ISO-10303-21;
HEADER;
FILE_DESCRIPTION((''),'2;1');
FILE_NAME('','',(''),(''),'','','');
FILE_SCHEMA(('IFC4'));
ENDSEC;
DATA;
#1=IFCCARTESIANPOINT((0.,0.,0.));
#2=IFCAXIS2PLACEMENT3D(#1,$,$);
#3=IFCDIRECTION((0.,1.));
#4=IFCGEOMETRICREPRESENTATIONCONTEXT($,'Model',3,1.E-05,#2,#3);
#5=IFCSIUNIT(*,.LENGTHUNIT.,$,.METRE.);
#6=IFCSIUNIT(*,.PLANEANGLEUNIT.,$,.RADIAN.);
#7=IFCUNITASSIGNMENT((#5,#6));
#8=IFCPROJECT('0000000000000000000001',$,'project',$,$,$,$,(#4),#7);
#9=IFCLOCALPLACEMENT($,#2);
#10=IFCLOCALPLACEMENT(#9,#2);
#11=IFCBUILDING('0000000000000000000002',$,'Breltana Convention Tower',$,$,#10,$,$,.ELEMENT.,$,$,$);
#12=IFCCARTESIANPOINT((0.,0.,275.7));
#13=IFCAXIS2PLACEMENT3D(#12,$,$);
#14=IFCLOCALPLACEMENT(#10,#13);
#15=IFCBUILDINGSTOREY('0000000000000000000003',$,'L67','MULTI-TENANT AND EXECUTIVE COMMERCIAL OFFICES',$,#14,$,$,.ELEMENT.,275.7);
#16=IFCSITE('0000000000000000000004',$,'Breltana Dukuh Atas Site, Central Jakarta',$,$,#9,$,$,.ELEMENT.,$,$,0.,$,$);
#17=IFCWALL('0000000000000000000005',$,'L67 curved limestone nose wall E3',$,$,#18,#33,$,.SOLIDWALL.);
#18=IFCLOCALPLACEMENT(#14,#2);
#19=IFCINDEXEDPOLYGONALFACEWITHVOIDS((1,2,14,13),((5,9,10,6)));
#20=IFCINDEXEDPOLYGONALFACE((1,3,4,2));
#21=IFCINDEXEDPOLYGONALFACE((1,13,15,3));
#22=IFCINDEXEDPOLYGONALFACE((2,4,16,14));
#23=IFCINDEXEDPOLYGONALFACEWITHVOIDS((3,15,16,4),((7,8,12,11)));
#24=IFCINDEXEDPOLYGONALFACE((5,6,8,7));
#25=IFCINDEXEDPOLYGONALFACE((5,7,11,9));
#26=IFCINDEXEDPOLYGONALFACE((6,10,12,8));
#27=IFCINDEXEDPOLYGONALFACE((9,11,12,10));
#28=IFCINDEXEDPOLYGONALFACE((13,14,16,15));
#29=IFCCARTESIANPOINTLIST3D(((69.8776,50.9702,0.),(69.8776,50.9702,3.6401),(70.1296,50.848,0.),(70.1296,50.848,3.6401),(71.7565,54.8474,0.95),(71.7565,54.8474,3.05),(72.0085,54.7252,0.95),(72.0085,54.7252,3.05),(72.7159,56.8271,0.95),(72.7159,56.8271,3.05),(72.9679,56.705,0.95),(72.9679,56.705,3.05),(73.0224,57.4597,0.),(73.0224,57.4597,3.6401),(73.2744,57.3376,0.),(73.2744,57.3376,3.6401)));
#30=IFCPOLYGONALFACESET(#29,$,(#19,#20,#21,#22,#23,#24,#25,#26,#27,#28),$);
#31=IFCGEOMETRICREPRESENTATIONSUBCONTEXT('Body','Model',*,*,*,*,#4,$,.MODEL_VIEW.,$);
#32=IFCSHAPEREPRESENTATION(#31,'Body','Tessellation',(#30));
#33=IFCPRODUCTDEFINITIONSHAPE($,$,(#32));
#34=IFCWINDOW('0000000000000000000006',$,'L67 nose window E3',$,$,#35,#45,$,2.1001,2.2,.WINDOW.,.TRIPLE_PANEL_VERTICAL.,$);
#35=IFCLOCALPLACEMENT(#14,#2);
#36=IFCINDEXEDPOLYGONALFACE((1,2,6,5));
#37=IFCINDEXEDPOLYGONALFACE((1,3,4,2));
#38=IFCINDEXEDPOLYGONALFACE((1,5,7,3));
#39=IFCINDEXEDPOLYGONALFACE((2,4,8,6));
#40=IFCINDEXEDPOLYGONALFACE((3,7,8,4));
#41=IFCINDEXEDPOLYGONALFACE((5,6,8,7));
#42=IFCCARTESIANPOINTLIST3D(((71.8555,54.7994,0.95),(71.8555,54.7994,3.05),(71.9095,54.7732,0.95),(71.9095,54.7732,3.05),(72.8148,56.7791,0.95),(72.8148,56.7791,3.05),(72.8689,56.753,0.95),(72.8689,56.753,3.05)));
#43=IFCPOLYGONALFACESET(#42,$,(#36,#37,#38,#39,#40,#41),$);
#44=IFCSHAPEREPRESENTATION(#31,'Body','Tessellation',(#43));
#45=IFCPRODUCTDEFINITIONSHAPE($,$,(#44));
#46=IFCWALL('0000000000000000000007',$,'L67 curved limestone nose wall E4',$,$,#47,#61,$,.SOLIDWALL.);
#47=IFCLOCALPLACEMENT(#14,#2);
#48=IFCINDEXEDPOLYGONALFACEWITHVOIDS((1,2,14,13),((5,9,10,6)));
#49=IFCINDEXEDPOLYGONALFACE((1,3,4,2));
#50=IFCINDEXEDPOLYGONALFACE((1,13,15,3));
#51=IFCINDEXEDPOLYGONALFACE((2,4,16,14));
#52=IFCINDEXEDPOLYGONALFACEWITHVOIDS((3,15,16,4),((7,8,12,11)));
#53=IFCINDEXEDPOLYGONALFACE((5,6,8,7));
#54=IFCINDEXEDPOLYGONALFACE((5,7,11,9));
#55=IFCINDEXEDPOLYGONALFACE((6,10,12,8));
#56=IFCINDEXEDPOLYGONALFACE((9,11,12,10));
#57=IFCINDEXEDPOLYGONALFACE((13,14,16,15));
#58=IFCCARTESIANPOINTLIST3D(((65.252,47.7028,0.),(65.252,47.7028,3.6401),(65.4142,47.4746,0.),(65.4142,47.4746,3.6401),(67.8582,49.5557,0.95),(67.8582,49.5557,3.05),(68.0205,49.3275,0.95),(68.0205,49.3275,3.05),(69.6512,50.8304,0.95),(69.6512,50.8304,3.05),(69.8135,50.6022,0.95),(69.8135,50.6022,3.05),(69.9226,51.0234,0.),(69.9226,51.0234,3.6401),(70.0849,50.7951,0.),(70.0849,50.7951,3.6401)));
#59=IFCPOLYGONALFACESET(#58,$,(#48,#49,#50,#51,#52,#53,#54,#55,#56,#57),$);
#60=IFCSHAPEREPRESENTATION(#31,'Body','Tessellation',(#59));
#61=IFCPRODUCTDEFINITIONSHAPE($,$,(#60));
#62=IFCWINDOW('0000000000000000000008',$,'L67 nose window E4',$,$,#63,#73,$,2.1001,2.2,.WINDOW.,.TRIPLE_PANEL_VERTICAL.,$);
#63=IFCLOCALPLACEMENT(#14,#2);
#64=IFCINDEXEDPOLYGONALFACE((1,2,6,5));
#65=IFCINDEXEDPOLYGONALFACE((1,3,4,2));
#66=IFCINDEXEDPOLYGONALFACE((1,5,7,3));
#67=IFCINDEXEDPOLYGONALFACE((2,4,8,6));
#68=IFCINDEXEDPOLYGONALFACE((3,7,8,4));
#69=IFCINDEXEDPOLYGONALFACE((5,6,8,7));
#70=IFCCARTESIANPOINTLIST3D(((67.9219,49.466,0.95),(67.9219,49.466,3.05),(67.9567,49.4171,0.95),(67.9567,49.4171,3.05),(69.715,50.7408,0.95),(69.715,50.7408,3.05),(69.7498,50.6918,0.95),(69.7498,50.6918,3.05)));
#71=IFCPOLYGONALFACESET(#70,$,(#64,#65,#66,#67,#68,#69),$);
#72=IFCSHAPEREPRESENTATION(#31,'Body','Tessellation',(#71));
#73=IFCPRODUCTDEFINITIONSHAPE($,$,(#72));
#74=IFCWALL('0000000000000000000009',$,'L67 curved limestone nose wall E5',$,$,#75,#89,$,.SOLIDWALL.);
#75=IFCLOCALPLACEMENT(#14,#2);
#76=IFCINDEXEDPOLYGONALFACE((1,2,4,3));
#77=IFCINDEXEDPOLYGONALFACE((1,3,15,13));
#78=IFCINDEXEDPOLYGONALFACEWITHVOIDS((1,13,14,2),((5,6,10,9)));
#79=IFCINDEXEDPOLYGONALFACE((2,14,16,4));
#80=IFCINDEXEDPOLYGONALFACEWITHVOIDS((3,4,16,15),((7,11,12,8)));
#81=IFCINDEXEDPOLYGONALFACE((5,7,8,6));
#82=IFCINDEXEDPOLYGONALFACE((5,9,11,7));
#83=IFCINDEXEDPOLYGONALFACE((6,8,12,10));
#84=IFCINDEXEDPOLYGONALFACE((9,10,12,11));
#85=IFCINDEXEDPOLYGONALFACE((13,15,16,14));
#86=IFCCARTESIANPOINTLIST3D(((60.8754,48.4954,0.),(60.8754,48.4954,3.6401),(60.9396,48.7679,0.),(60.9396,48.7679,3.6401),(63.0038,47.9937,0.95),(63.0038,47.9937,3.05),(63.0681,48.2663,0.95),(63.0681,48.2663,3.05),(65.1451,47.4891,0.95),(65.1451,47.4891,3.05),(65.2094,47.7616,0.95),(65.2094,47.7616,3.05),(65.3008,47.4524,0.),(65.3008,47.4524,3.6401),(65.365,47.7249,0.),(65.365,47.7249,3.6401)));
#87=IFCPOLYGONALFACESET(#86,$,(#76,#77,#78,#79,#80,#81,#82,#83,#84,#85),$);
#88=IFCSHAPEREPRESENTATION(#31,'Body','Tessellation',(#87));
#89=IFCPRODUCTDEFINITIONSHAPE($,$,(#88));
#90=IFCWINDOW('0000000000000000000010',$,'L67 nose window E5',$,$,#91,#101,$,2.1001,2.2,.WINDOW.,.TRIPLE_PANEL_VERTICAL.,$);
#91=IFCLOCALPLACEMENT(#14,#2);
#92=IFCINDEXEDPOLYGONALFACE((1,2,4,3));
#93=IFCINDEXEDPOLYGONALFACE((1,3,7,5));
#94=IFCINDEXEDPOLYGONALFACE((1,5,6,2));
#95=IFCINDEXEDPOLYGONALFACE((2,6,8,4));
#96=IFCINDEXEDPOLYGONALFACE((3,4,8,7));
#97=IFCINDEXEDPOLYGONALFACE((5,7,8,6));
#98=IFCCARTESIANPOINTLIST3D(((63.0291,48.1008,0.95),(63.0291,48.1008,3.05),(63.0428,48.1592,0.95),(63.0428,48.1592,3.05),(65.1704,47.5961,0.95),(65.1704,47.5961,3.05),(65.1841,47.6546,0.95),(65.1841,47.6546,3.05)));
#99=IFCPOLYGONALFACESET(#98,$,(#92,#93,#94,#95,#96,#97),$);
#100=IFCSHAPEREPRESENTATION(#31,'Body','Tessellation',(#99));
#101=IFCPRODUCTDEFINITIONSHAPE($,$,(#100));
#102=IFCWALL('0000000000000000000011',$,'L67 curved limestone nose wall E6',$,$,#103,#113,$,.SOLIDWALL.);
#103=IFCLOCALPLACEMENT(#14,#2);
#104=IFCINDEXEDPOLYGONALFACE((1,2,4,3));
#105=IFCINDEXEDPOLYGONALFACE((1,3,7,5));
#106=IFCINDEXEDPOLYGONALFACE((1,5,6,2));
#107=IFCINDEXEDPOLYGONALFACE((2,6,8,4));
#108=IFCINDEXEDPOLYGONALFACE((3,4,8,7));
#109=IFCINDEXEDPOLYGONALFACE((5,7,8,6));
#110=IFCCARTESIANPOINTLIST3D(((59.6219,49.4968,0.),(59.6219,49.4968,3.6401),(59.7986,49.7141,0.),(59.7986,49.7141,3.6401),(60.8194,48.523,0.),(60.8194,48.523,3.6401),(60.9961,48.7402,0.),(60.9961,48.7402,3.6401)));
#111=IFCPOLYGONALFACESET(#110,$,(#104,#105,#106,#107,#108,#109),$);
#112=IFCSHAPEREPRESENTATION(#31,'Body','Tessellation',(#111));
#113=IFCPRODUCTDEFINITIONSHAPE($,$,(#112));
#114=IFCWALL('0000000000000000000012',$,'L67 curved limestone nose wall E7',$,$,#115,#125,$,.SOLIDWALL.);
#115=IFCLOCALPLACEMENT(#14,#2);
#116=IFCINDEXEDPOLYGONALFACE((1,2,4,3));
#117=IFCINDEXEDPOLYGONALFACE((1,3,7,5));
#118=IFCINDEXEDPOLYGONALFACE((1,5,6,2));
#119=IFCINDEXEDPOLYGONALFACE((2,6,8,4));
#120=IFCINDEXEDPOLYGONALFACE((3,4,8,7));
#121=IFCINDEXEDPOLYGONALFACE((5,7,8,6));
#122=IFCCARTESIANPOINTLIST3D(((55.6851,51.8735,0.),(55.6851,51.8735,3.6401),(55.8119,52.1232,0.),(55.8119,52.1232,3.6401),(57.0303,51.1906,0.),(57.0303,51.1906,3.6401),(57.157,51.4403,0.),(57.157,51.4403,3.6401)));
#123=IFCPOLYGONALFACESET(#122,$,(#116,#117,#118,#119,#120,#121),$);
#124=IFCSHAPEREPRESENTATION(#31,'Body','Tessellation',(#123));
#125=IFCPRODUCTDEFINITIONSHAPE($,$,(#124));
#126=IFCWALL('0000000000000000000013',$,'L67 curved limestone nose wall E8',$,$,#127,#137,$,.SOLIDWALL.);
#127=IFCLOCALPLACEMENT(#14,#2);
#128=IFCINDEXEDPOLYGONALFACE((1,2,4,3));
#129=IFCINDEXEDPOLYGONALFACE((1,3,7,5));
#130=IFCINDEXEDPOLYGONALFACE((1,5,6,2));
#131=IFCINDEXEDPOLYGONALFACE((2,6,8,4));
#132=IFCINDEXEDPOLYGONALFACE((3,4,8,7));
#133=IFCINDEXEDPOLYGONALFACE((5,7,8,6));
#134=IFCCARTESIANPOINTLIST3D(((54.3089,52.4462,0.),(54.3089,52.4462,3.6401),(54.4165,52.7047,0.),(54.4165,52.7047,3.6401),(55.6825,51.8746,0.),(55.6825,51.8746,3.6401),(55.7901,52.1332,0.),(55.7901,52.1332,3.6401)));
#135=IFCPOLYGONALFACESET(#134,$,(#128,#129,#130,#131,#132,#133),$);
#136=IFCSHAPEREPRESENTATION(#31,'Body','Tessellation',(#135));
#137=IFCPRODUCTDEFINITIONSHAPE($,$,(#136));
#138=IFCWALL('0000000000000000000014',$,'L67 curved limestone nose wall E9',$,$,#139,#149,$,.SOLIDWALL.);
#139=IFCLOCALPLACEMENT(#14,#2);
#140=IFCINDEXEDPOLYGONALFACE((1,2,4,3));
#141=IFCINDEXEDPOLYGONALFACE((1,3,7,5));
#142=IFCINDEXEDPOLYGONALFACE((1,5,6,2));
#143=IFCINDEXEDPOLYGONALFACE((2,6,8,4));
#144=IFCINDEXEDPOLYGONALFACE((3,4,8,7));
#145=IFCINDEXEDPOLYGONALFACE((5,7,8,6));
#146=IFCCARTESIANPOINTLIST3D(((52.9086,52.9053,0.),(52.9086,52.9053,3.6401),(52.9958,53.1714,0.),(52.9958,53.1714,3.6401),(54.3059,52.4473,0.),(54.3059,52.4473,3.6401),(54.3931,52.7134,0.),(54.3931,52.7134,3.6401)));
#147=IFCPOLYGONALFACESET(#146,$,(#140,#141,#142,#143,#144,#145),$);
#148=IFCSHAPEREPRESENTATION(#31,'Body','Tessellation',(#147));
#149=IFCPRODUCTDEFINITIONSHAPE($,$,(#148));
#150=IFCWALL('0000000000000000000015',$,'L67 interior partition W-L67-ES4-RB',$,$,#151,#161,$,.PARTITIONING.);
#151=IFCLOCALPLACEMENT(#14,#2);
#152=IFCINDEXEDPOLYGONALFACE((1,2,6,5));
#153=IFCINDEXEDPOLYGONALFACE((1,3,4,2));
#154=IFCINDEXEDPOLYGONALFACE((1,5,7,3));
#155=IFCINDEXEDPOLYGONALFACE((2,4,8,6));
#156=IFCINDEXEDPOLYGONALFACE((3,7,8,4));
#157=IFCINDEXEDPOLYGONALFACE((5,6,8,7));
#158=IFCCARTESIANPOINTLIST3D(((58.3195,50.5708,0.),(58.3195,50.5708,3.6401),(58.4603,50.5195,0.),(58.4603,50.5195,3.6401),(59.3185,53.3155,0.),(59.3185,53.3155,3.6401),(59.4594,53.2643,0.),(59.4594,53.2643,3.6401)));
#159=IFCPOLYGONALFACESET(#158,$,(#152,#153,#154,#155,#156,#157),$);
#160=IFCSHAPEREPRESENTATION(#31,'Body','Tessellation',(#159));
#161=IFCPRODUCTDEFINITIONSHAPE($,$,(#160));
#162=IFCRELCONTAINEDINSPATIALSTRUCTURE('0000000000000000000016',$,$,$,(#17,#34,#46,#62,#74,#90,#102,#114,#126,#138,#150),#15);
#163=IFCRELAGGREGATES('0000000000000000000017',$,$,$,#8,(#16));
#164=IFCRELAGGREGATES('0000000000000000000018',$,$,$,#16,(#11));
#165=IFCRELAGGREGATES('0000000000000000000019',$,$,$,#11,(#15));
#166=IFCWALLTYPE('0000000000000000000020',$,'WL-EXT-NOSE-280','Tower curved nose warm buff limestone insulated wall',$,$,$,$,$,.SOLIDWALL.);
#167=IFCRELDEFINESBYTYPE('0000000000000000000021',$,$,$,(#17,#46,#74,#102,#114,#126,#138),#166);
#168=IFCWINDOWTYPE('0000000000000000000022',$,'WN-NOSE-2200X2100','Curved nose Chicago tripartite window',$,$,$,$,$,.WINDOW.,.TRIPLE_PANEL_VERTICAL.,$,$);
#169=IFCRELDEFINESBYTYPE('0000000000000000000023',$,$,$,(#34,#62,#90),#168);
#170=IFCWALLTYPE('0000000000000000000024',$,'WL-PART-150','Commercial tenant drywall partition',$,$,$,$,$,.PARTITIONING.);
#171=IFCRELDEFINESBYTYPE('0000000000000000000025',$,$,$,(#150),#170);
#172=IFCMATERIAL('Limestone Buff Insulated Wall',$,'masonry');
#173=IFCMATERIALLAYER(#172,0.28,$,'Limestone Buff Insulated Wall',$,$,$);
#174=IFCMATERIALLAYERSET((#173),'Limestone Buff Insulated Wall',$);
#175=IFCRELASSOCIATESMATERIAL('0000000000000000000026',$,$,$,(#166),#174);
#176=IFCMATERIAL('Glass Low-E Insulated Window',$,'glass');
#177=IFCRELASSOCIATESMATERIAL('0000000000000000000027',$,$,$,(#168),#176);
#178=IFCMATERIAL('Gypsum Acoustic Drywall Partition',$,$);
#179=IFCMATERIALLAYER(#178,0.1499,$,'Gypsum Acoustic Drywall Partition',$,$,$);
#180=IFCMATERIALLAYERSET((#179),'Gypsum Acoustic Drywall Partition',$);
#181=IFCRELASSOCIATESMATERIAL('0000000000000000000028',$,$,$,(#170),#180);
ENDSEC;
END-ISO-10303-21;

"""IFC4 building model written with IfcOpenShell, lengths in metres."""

from ifc_helpers import new_model, si_unit, direction, frame, frame_2d, origin, place, context, subcontext, project, spatial, rectangle, extrude, source, transform, mapped, material, layer, layer_set, type_object, type_shapes, element, fill, save


model = new_model("IFC4")

# Units and contexts
model_context = context("Model", 3, precision=1e-05, world=origin(), true_north=direction((0.0, 1.0)))
body_context = subcontext(model_context, "Body", "Model", "MODEL_VIEW")
ifc_project = project(units=[si_unit("LENGTHUNIT", "METRE"), si_unit("PLANEANGLEUNIT", "RADIAN")], contexts=[model_context])

# Site, building, storey
site_placement = place(None, origin())
site = spatial("IfcSite", under=ifc_project, at=site_placement, Name="Breltana Dukuh Atas Site, Central Jakarta", CompositionType="ELEMENT", RefElevation=0.0)
building_placement = place(site_placement, origin())
building = spatial("IfcBuilding", under=site, at=building_placement, Name="Breltana Convention Tower", CompositionType="ELEMENT")
storey_placement = place(building_placement, frame((0.0, 0.0, 275.7)))
storey = spatial("IfcBuildingStorey", under=building, at=storey_placement, Name="L67", Description="MULTI-TENANT AND EXECUTIVE COMMERCIAL OFFICES", CompositionType="ELEMENT", Elevation=275.7)

# Walls, openings, windows
ifc_material_1 = material(Name="Limestone Buff Insulated Wall", Category="masonry")
ifc_layer_1 = layer(ifc_material_1, 0.28, Name="Limestone Buff Insulated Wall")
ifc_layer_set_1 = layer_set([ifc_layer_1], Name="Limestone Buff Insulated Wall")
wall_type_1 = type_object("IfcWallType", Name="WL-EXT-NOSE-280", Description="Tower curved nose warm buff limestone insulated wall", PredefinedType="SOLIDWALL", material=ifc_layer_set_1)
shared_shape_1 = source(origin(), body_context, "Body", "SweptSolid", [
    extrude(rectangle(XDim=7.2114, YDim=0.28, at=frame_2d((3.6057, 0.0))), origin(), (0.0, 0.0, 1.0), 3.6401),
])
wall_1_placement = place(storey_placement, frame((73.1484, 57.3987, 0.0), z_axis=(0.0, 0.0, 1.0), x_axis=(-0.436088, -0.899904, 0.0)))
wall_1 = element("IfcWall", 1, at=wall_1_placement, inside=storey, type_object=wall_type_1, Name="L67 curved limestone nose wall E3", PredefinedType="SOLIDWALL", context=body_context, shape_type="MappedRepresentation", body=[
    mapped(shared_shape_1, transform((0.0, 0.0, 0.0), scale=1.0)),
])
opening_1_placement = place(wall_1_placement, frame((0.7029, 0.0, 0.95)))
opening_1 = element("IfcOpeningElement", 2, at=opening_1_placement, cuts=wall_1, PredefinedType="OPENING", context=body_context, shape_type="SweptSolid", body=[
    extrude(rectangle(XDim=2.2, YDim=2.1001, at=frame_2d((1.1001, 1.05))), frame((0.0, 0.1499, 0.0), z_axis=(0.0, -1.0, 0.0), x_axis=(1.0, 0.0, 0.0)), (0.0, 0.0, 1.0), 0.3),
])
ifc_material_2 = material(Name="Glass Low-E Insulated Window", Category="glass")
window_type = type_object("IfcWindowType", Name="WN-NOSE-2200X2100", Description="Curved nose Chicago tripartite window", PartitioningType="TRIPLE_PANEL_VERTICAL", PredefinedType="WINDOW", material=ifc_material_2)
shared_shape_2 = source(origin(), body_context, "Body", "SweptSolid", [
    extrude(rectangle(XDim=2.2, YDim=2.1001, at=frame_2d((1.1001, 1.05))), frame((0.0, 0.03, 0.0), z_axis=(0.0, -1.0, 0.0), x_axis=(1.0, 0.0, 0.0)), (0.0, 0.0, 1.0), 0.0601),
])
type_shapes(window_type, [shared_shape_2])
window_1_placement = place(opening_1_placement, origin())
window_1 = element("IfcWindow", 3, at=window_1_placement, inside=storey, type_object=window_type, Name="L67 nose window E3", OverallHeight=2.1001, OverallWidth=2.2, PartitioningType="TRIPLE_PANEL_VERTICAL", PredefinedType="WINDOW", context=body_context, shape_type="MappedRepresentation", body=[
    mapped(shared_shape_2, transform((0.0, 0.0, 0.0), scale=1.0)),
])
fill(opening_1, window_1)
shared_shape_3 = source(origin(), body_context, "Body", "SweptSolid", [
    extrude(rectangle(XDim=5.7307, YDim=0.28, at=frame_2d((2.8652, 0.0))), origin(), (0.0, 0.0, 1.0), 3.6401),
])
wall_2_placement = place(storey_placement, frame((70.0037, 50.9092, 0.0), z_axis=(0.0, 0.0, 1.0), x_axis=(-0.815021, -0.579431, 0.0)))
wall_2 = element("IfcWall", 4, at=wall_2_placement, inside=storey, type_object=wall_type_1, Name="L67 curved limestone nose wall E4", PredefinedType="SOLIDWALL", context=body_context, shape_type="MappedRepresentation", body=[
    mapped(shared_shape_3, transform((0.0, 0.0, 0.0), scale=1.0)),
])
opening_2_placement = place(wall_2_placement, frame((0.3328, 0.0, 0.95)))
opening_2 = element("IfcOpeningElement", 5, at=opening_2_placement, cuts=wall_2, PredefinedType="OPENING", context=body_context, shape_type="SweptSolid", body=[
    extrude(rectangle(XDim=2.2, YDim=2.1001, at=frame_2d((1.1001, 1.05))), frame((0.0, 0.1499, 0.0), z_axis=(0.0, -1.0, 0.0), x_axis=(1.0, 0.0, 0.0)), (0.0, 0.0, 1.0), 0.3),
])
window_2_placement = place(opening_2_placement, origin())
window_2 = element("IfcWindow", 6, at=window_2_placement, inside=storey, type_object=window_type, Name="L67 nose window E4", OverallHeight=2.1001, OverallWidth=2.2, PartitioningType="TRIPLE_PANEL_VERTICAL", PredefinedType="WINDOW", context=body_context, shape_type="MappedRepresentation", body=[
    mapped(shared_shape_2, transform((0.0, 0.0, 0.0), scale=1.0)),
])
fill(opening_2, window_2)
shared_shape_4 = source(origin(), body_context, "Body", "SweptSolid", [
    extrude(rectangle(XDim=4.5466, YDim=0.28, at=frame_2d((2.2734, 0.0))), origin(), (0.0, 0.0, 1.0), 3.6401),
])
wall_3_placement = place(storey_placement, frame((65.333, 47.5886, 0.0), z_axis=(0.0, 0.0, 1.0), x_axis=(-0.973333, 0.229398, 0.0)))
wall_3 = element("IfcWall", 7, at=wall_3_placement, inside=storey, type_object=wall_type_1, Name="L67 curved limestone nose wall E5", PredefinedType="SOLIDWALL", context=body_context, shape_type="MappedRepresentation", body=[
    mapped(shared_shape_4, transform((0.0, 0.0, 0.0), scale=1.0)),
])
opening_3_placement = place(wall_3_placement, frame((0.1599, 0.0, 0.95)))
opening_3 = element("IfcOpeningElement", 8, at=opening_3_placement, cuts=wall_3, PredefinedType="OPENING", context=body_context, shape_type="SweptSolid", body=[
    extrude(rectangle(XDim=2.2, YDim=2.1001, at=frame_2d((1.1001, 1.05))), frame((0.0, 0.1499, 0.0), z_axis=(0.0, -1.0, 0.0), x_axis=(1.0, 0.0, 0.0)), (0.0, 0.0, 1.0), 0.3),
])
window_3_placement = place(opening_3_placement, origin())
window_3 = element("IfcWindow", 9, at=window_3_placement, inside=storey, type_object=window_type, Name="L67 nose window E5", OverallHeight=2.1001, OverallWidth=2.2, PartitioningType="TRIPLE_PANEL_VERTICAL", PredefinedType="WINDOW", context=body_context, shape_type="MappedRepresentation", body=[
    mapped(shared_shape_2, transform((0.0, 0.0, 0.0), scale=1.0)),
])
fill(opening_3, window_3)

# Walls
shared_shape_5 = source(origin(), body_context, "Body", "SweptSolid", [
    extrude(rectangle(XDim=1.5435, YDim=0.28, at=frame_2d((0.7717, 0.0))), origin(), (0.0, 0.0, 1.0), 3.6401),
])
wall_4_placement = place(storey_placement, frame((60.9077, 48.6316, 0.0), z_axis=(0.0, 0.0, 1.0), x_axis=(-0.775828, 0.630944, 0.0)))
element("IfcWall", 10, at=wall_4_placement, inside=storey, type_object=wall_type_1, Name="L67 curved limestone nose wall E6", PredefinedType="SOLIDWALL", context=body_context, shape_type="MappedRepresentation", body=[
    mapped(shared_shape_5, transform((0.0, 0.0, 0.0), scale=1.0)),
])
shared_shape_6 = source(origin(), body_context, "Body", "SweptSolid", [
    extrude(rectangle(XDim=1.5085, YDim=0.28, at=frame_2d((0.7544, 0.0))), origin(), (0.0, 0.0, 1.0), 3.6401),
])
wall_5_placement = place(storey_placement, frame((57.0938, 51.3154, 0.0), z_axis=(0.0, 0.0, 1.0), x_axis=(-0.891692, 0.452643, 0.0)))
element("IfcWall", 11, at=wall_5_placement, inside=storey, type_object=wall_type_1, Name="L67 curved limestone nose wall E7", PredefinedType="SOLIDWALL", context=body_context, shape_type="MappedRepresentation", body=[
    mapped(shared_shape_6, transform((0.0, 0.0, 0.0), scale=1.0)),
])
shared_shape_7 = source(origin(), body_context, "Body", "SweptSolid", [
    extrude(rectangle(XDim=1.4878, YDim=0.28, at=frame_2d((0.7439, 0.0))), origin(), (0.0, 0.0, 1.0), 3.6401),
])
wall_6_placement = place(storey_placement, frame((55.7363, 52.0039, 0.0), z_axis=(0.0, 0.0, 1.0), x_axis=(-0.923261, 0.384173, 0.0)))
element("IfcWall", 12, at=wall_6_placement, inside=storey, type_object=wall_type_1, Name="L67 curved limestone nose wall E8", PredefinedType="SOLIDWALL", context=body_context, shape_type="MappedRepresentation", body=[
    mapped(shared_shape_7, transform((0.0, 0.0, 0.0), scale=1.0)),
])
shared_shape_8 = source(origin(), body_context, "Body", "SweptSolid", [
    extrude(rectangle(XDim=1.4705, YDim=0.28, at=frame_2d((0.7354, 0.0))), origin(), (0.0, 0.0, 1.0), 3.6401),
])
wall_7_placement = place(storey_placement, frame((54.3496, 52.5803, 0.0), z_axis=(0.0, 0.0, 1.0), x_axis=(-0.950249, 0.311492, 0.0)))
element("IfcWall", 13, at=wall_7_placement, inside=storey, type_object=wall_type_1, Name="L67 curved limestone nose wall E9", PredefinedType="SOLIDWALL", context=body_context, shape_type="MappedRepresentation", body=[
    mapped(shared_shape_8, transform((0.0, 0.0, 0.0), scale=1.0)),
])
ifc_material_3 = material(Name="Gypsum Acoustic Drywall Partition")
ifc_layer_2 = layer(ifc_material_3, 0.1499, Name="Gypsum Acoustic Drywall Partition")
ifc_layer_set_2 = layer_set([ifc_layer_2], Name="Gypsum Acoustic Drywall Partition")
wall_type_2 = type_object("IfcWallType", Name="WL-PART-150", Description="Commercial tenant drywall partition", PredefinedType="PARTITIONING", material=ifc_layer_set_2)
shared_shape_9 = source(origin(), body_context, "Body", "SweptSolid", [
    extrude(rectangle(XDim=2.9209, YDim=0.1499, at=frame_2d((1.4604, 0.0))), origin(), (0.0, 0.0, 1.0), 3.6401),
])
wall_8_placement = place(storey_placement, frame((58.3899, 50.5452, 0.0), z_axis=(0.0, 0.0, 1.0), x_axis=(0.342038, 0.939686, 0.0)))
element("IfcWall", 14, at=wall_8_placement, inside=storey, type_object=wall_type_2, Name="L67 interior partition W-L67-ES4-RB", PredefinedType="PARTITIONING", context=body_context, shape_type="MappedRepresentation", body=[
    mapped(shared_shape_9, transform((0.0, 0.0, 0.0), scale=1.0)),
])

save(model, "model.ifc")
